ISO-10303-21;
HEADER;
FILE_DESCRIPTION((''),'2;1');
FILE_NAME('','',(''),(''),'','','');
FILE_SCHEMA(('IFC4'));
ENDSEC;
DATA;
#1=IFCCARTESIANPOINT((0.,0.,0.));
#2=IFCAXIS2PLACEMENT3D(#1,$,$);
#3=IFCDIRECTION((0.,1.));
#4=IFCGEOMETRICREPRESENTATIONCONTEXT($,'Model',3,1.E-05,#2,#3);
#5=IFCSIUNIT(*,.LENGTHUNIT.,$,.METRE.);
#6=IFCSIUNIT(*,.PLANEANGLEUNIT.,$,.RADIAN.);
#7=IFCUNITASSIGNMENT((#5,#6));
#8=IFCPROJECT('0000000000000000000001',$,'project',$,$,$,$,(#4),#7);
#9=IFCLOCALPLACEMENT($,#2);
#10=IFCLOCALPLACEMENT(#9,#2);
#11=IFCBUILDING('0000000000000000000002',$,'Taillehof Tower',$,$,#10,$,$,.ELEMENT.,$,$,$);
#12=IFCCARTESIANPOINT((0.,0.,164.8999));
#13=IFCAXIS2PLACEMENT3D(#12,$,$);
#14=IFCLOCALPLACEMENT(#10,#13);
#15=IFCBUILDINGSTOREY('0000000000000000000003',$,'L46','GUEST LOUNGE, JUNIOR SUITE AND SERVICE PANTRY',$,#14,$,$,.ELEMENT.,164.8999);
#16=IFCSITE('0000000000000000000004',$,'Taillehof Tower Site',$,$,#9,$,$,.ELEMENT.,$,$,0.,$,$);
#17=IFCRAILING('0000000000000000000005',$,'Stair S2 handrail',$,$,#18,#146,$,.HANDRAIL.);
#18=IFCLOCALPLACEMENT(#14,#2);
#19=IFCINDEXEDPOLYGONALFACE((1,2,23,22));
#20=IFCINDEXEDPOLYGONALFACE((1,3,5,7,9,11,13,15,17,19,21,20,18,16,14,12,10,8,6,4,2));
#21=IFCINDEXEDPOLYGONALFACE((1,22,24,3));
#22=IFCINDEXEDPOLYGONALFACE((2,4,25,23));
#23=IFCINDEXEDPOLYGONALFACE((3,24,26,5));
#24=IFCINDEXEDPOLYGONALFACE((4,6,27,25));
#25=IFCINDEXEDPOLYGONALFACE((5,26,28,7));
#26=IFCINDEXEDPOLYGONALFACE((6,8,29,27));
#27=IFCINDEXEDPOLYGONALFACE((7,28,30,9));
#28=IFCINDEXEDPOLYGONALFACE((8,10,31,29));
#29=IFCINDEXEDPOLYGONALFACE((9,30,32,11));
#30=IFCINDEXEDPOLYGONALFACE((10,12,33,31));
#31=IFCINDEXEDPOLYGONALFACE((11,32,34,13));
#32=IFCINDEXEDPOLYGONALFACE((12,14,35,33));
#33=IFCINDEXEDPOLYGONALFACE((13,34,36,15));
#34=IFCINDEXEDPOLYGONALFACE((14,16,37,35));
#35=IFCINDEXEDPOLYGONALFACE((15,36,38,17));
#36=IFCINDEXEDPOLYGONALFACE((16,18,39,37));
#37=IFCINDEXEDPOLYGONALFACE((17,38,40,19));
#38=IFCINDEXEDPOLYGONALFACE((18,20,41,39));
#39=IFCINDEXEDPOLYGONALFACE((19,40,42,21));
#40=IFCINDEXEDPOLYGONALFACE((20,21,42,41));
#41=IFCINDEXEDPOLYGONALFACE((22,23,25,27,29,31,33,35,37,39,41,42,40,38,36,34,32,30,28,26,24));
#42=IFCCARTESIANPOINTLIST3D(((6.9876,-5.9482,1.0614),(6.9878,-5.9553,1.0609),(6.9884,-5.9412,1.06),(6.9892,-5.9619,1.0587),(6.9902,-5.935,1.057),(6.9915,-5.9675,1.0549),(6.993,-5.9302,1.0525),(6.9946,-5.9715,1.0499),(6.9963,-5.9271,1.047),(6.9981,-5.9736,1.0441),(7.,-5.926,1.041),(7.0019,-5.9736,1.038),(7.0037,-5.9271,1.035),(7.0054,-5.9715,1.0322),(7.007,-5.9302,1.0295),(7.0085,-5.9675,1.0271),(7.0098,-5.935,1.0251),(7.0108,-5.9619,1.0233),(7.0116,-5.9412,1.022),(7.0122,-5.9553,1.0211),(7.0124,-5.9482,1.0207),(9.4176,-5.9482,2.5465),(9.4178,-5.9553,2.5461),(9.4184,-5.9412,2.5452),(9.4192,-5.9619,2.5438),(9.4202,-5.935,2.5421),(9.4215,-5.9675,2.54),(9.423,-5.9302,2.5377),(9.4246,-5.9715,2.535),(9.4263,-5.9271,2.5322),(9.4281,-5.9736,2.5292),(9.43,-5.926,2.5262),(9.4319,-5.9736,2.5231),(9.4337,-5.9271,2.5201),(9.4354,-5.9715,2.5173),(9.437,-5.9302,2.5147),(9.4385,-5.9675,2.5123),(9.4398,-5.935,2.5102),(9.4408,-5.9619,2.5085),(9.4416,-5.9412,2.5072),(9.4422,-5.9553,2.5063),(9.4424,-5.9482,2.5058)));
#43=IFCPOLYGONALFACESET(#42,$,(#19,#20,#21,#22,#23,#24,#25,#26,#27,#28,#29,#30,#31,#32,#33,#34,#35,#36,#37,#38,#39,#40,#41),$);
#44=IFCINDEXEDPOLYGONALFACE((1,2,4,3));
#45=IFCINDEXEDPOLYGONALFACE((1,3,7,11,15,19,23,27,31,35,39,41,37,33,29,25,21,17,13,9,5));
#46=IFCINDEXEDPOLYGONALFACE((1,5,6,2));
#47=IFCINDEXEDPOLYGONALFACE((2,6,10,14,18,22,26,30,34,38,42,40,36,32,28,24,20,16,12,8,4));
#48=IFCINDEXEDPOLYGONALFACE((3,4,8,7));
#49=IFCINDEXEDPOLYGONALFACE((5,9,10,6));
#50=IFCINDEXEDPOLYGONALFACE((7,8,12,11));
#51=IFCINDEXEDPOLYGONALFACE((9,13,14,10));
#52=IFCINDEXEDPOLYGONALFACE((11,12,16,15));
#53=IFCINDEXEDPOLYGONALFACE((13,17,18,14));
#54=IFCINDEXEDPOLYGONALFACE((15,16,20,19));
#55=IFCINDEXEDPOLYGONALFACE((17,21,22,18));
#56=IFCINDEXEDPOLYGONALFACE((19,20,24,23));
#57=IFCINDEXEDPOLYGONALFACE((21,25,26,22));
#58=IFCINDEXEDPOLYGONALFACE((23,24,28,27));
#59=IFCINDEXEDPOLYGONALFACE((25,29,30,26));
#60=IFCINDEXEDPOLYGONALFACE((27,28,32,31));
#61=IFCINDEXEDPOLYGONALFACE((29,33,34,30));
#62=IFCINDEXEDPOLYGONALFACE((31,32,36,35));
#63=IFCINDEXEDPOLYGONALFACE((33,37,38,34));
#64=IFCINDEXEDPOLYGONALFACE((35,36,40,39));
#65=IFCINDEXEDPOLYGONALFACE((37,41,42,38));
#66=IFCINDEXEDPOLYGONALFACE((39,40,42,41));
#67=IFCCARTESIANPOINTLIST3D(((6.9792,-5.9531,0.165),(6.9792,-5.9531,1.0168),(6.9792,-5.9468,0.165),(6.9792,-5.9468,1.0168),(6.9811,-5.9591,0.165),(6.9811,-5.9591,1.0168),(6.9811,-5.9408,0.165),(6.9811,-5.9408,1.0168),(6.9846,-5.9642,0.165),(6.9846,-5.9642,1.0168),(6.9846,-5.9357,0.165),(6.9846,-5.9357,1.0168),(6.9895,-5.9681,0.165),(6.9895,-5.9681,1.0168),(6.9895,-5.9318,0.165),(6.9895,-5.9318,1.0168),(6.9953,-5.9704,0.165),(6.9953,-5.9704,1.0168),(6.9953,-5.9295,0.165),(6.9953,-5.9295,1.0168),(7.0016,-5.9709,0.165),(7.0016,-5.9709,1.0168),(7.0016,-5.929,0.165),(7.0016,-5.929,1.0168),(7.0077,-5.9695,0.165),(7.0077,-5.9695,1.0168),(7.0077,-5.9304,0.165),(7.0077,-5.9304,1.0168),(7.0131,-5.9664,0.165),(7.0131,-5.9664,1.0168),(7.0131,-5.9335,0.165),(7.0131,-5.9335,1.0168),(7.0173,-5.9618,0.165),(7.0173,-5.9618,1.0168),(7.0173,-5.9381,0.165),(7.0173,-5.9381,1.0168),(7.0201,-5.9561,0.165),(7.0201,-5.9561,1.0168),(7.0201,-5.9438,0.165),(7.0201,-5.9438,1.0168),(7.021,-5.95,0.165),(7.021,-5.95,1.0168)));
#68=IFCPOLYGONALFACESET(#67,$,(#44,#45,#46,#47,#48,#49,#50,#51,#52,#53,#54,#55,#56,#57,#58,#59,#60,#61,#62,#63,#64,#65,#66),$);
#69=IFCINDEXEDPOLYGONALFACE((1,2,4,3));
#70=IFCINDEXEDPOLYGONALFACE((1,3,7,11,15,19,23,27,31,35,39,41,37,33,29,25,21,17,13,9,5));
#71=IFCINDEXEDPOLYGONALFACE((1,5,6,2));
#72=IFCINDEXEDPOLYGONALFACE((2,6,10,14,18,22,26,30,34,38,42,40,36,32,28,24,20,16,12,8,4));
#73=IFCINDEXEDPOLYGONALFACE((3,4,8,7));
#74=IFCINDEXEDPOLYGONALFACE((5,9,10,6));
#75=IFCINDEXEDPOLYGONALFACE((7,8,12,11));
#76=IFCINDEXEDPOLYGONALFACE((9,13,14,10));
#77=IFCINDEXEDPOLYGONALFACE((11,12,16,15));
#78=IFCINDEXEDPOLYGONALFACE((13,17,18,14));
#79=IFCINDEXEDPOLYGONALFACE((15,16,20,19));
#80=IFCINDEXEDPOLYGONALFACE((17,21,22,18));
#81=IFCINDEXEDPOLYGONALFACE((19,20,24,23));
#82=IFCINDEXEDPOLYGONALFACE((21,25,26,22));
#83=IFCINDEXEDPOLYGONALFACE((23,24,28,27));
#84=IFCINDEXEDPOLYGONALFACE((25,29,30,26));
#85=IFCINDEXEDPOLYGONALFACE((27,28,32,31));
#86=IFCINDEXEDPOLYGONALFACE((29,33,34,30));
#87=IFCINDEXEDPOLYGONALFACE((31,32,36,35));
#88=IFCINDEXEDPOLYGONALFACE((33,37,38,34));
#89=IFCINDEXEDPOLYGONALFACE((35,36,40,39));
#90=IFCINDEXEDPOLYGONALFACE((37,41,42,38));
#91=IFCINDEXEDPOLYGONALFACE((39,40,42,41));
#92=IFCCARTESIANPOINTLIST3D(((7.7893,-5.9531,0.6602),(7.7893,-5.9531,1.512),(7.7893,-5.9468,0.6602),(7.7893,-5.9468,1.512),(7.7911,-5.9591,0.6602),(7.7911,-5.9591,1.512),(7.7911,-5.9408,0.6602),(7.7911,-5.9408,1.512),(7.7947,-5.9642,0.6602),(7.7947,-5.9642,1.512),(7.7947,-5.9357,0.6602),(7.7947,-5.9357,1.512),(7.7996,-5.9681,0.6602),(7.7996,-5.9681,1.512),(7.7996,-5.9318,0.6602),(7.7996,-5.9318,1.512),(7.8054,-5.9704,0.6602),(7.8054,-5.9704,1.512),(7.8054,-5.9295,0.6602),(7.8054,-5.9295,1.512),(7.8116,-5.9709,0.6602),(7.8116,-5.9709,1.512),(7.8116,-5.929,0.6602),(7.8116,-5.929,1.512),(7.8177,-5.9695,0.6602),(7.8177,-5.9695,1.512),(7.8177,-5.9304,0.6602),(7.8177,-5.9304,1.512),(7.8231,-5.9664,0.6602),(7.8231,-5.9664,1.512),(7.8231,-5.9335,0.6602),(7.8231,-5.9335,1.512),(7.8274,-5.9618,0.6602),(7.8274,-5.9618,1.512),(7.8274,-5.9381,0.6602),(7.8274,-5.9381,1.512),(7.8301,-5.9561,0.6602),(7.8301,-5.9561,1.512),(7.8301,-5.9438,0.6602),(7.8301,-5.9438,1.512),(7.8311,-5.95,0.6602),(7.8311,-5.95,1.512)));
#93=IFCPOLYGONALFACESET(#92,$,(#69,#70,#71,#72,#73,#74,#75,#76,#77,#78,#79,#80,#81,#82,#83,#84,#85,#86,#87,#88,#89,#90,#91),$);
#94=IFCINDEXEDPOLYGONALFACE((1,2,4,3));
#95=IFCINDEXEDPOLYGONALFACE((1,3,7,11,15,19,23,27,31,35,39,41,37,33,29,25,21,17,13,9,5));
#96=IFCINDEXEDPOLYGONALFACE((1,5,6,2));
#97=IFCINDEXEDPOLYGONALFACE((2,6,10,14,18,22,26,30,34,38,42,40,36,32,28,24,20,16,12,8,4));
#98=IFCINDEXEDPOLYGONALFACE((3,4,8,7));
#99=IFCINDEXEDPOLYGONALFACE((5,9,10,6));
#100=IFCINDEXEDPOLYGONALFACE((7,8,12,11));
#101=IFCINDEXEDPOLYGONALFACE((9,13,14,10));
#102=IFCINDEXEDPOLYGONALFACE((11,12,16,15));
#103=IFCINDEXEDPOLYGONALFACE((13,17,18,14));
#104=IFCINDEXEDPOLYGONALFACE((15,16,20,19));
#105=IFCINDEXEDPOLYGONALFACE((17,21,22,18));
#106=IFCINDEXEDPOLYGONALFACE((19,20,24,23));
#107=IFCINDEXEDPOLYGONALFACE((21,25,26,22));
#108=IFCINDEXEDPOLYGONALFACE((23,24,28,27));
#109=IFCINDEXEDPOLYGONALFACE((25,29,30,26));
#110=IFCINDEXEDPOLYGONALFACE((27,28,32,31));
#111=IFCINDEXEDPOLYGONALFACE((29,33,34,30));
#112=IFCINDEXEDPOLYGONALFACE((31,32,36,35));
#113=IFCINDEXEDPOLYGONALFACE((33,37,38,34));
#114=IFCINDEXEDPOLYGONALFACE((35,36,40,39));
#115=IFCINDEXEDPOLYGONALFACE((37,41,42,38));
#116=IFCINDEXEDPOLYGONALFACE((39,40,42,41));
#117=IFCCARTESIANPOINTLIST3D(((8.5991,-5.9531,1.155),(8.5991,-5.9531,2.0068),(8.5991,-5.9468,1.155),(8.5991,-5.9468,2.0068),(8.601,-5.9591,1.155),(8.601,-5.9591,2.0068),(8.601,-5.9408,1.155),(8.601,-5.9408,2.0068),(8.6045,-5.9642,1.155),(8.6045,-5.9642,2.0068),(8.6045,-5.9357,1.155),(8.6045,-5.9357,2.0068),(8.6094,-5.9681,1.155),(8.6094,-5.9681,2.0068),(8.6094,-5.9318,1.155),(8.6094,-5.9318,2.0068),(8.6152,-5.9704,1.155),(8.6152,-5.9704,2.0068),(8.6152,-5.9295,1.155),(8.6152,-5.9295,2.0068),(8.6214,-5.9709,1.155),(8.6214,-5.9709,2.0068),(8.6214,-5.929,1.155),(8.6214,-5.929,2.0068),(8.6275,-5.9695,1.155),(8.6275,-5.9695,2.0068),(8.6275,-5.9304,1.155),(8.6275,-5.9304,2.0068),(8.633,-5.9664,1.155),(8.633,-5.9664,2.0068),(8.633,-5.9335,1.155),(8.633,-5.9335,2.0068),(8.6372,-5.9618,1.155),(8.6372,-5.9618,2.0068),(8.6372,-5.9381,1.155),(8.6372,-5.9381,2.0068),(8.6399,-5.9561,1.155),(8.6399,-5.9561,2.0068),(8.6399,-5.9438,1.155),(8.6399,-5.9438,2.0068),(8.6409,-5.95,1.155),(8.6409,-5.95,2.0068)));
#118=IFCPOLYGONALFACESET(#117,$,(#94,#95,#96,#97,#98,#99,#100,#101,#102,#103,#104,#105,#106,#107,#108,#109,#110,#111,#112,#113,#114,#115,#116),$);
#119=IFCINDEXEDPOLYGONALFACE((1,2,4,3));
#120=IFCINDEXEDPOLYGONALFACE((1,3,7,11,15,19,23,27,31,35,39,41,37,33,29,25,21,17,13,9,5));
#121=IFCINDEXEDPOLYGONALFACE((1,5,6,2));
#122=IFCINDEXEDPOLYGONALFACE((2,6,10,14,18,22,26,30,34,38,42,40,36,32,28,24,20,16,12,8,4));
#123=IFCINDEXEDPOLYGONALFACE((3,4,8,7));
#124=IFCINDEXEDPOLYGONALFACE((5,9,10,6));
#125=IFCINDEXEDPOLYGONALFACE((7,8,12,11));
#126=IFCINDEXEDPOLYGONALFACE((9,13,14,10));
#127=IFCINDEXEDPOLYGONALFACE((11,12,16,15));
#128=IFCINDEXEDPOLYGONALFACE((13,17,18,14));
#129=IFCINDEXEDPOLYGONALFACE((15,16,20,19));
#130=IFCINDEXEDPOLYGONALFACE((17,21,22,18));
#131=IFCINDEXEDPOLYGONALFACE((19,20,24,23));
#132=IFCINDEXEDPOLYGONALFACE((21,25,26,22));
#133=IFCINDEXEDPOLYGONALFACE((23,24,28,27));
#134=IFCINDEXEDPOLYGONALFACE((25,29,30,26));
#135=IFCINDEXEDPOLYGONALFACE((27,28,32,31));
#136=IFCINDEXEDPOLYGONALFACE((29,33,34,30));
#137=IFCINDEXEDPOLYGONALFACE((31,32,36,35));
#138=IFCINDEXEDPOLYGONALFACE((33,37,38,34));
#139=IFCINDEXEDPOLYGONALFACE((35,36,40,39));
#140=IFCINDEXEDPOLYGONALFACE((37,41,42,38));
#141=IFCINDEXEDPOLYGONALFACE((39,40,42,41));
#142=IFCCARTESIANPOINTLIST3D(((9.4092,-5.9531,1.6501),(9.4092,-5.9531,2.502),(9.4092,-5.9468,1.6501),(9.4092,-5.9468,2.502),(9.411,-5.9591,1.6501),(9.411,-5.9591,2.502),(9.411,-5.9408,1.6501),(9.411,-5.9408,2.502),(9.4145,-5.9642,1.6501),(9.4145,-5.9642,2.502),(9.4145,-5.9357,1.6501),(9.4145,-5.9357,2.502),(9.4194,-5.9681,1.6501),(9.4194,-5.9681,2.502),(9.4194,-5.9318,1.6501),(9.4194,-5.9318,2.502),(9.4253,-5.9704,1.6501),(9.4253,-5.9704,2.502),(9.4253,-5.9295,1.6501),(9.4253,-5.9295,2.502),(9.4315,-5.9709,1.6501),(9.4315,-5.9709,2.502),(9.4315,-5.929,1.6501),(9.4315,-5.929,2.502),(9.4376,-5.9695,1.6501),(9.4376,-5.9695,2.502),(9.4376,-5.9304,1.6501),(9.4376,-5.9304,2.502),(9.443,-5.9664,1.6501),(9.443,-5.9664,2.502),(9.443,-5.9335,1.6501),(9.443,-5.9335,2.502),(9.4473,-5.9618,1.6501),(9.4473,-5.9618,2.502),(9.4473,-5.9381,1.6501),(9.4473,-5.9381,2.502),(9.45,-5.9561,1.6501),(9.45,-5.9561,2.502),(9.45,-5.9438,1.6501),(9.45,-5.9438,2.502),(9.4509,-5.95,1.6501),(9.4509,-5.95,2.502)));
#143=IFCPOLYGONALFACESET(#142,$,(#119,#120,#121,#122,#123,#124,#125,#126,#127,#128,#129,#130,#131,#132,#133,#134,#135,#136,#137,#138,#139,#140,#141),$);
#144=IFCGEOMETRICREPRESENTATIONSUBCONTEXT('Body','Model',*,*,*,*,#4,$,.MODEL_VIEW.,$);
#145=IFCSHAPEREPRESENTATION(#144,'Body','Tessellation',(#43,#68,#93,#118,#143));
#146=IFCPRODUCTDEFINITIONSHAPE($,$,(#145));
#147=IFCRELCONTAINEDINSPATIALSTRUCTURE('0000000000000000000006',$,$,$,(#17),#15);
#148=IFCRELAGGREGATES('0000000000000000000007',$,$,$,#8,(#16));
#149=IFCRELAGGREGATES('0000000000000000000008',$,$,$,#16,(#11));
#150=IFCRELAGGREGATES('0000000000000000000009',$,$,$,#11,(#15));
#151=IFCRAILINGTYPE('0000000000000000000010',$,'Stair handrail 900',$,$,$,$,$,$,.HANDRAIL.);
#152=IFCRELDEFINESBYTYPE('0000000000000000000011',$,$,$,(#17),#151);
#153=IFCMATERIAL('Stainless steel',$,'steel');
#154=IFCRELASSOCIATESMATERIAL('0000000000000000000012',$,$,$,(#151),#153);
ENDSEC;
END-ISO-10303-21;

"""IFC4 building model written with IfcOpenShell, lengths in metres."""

from ifc_helpers import new_model, si_unit, direction, frame, origin, origin_2d, place, context, subcontext, project, spatial, circle, extrude, material, type_object, element, save


model = new_model("IFC4")

# Units and contexts
model_context = context("Model", 3, precision=1e-05, world=origin(), true_north=direction((0.0, 1.0)))
body_context = subcontext(model_context, "Body", "Model", "MODEL_VIEW")
ifc_project = project(units=[si_unit("LENGTHUNIT", "METRE"), si_unit("PLANEANGLEUNIT", "RADIAN")], contexts=[model_context])

# Site, building, storey
site_placement = place(None, origin())
site = spatial("IfcSite", under=ifc_project, at=site_placement, Name="Taillehof Tower Site", CompositionType="ELEMENT", RefElevation=0.0)
building_placement = place(site_placement, origin())
building = spatial("IfcBuilding", under=site, at=building_placement, Name="Taillehof Tower", CompositionType="ELEMENT")
storey_placement = place(building_placement, frame((0.0, 0.0, 164.8999)))
storey = spatial("IfcBuildingStorey", under=building, at=storey_placement, Name="L46", Description="GUEST LOUNGE, JUNIOR SUITE AND SERVICE PANTRY", CompositionType="ELEMENT", Elevation=164.8999)

# Railing
ifc_material_1 = material(Name="Stainless steel", Category="steel")
railing_type = type_object("IfcRailingType", Name="Stair handrail 900", PredefinedType="HANDRAIL", material=ifc_material_1)
railing_placement = place(storey_placement, frame((7.0, -5.95, 0.165)))
element("IfcRailing", 1, at=railing_placement, inside=storey, type_object=railing_type, Name="Stair S2 handrail", PredefinedType="HANDRAIL", context=body_context, shape_type="SweptSolid", body=[
    extrude(circle(Radius=0.0239, at=origin_2d()), frame((0.0, 0.0, 0.876), z_axis=(0.853259, 0.0, 0.521488), x_axis=(0.0, 1.0, 0.0)), (0.0, 0.0, 1.0), 2.8479),
    extrude(circle(Radius=0.021, at=origin_2d()), origin(), (0.0, 0.0, 1.0), 0.8518),
    extrude(circle(Radius=0.021, at=origin_2d()), frame((0.8101, 0.0, 0.4951)), (0.0, 0.0, 1.0), 0.8518),
    extrude(circle(Radius=0.021, at=origin_2d()), frame((1.6199, 0.0, 0.99)), (0.0, 0.0, 1.0), 0.8518),
    extrude(circle(Radius=0.021, at=origin_2d()), frame((2.4299, 0.0, 1.4851)), (0.0, 0.0, 1.0), 0.8518),
])

save(model, "model.ifc")
